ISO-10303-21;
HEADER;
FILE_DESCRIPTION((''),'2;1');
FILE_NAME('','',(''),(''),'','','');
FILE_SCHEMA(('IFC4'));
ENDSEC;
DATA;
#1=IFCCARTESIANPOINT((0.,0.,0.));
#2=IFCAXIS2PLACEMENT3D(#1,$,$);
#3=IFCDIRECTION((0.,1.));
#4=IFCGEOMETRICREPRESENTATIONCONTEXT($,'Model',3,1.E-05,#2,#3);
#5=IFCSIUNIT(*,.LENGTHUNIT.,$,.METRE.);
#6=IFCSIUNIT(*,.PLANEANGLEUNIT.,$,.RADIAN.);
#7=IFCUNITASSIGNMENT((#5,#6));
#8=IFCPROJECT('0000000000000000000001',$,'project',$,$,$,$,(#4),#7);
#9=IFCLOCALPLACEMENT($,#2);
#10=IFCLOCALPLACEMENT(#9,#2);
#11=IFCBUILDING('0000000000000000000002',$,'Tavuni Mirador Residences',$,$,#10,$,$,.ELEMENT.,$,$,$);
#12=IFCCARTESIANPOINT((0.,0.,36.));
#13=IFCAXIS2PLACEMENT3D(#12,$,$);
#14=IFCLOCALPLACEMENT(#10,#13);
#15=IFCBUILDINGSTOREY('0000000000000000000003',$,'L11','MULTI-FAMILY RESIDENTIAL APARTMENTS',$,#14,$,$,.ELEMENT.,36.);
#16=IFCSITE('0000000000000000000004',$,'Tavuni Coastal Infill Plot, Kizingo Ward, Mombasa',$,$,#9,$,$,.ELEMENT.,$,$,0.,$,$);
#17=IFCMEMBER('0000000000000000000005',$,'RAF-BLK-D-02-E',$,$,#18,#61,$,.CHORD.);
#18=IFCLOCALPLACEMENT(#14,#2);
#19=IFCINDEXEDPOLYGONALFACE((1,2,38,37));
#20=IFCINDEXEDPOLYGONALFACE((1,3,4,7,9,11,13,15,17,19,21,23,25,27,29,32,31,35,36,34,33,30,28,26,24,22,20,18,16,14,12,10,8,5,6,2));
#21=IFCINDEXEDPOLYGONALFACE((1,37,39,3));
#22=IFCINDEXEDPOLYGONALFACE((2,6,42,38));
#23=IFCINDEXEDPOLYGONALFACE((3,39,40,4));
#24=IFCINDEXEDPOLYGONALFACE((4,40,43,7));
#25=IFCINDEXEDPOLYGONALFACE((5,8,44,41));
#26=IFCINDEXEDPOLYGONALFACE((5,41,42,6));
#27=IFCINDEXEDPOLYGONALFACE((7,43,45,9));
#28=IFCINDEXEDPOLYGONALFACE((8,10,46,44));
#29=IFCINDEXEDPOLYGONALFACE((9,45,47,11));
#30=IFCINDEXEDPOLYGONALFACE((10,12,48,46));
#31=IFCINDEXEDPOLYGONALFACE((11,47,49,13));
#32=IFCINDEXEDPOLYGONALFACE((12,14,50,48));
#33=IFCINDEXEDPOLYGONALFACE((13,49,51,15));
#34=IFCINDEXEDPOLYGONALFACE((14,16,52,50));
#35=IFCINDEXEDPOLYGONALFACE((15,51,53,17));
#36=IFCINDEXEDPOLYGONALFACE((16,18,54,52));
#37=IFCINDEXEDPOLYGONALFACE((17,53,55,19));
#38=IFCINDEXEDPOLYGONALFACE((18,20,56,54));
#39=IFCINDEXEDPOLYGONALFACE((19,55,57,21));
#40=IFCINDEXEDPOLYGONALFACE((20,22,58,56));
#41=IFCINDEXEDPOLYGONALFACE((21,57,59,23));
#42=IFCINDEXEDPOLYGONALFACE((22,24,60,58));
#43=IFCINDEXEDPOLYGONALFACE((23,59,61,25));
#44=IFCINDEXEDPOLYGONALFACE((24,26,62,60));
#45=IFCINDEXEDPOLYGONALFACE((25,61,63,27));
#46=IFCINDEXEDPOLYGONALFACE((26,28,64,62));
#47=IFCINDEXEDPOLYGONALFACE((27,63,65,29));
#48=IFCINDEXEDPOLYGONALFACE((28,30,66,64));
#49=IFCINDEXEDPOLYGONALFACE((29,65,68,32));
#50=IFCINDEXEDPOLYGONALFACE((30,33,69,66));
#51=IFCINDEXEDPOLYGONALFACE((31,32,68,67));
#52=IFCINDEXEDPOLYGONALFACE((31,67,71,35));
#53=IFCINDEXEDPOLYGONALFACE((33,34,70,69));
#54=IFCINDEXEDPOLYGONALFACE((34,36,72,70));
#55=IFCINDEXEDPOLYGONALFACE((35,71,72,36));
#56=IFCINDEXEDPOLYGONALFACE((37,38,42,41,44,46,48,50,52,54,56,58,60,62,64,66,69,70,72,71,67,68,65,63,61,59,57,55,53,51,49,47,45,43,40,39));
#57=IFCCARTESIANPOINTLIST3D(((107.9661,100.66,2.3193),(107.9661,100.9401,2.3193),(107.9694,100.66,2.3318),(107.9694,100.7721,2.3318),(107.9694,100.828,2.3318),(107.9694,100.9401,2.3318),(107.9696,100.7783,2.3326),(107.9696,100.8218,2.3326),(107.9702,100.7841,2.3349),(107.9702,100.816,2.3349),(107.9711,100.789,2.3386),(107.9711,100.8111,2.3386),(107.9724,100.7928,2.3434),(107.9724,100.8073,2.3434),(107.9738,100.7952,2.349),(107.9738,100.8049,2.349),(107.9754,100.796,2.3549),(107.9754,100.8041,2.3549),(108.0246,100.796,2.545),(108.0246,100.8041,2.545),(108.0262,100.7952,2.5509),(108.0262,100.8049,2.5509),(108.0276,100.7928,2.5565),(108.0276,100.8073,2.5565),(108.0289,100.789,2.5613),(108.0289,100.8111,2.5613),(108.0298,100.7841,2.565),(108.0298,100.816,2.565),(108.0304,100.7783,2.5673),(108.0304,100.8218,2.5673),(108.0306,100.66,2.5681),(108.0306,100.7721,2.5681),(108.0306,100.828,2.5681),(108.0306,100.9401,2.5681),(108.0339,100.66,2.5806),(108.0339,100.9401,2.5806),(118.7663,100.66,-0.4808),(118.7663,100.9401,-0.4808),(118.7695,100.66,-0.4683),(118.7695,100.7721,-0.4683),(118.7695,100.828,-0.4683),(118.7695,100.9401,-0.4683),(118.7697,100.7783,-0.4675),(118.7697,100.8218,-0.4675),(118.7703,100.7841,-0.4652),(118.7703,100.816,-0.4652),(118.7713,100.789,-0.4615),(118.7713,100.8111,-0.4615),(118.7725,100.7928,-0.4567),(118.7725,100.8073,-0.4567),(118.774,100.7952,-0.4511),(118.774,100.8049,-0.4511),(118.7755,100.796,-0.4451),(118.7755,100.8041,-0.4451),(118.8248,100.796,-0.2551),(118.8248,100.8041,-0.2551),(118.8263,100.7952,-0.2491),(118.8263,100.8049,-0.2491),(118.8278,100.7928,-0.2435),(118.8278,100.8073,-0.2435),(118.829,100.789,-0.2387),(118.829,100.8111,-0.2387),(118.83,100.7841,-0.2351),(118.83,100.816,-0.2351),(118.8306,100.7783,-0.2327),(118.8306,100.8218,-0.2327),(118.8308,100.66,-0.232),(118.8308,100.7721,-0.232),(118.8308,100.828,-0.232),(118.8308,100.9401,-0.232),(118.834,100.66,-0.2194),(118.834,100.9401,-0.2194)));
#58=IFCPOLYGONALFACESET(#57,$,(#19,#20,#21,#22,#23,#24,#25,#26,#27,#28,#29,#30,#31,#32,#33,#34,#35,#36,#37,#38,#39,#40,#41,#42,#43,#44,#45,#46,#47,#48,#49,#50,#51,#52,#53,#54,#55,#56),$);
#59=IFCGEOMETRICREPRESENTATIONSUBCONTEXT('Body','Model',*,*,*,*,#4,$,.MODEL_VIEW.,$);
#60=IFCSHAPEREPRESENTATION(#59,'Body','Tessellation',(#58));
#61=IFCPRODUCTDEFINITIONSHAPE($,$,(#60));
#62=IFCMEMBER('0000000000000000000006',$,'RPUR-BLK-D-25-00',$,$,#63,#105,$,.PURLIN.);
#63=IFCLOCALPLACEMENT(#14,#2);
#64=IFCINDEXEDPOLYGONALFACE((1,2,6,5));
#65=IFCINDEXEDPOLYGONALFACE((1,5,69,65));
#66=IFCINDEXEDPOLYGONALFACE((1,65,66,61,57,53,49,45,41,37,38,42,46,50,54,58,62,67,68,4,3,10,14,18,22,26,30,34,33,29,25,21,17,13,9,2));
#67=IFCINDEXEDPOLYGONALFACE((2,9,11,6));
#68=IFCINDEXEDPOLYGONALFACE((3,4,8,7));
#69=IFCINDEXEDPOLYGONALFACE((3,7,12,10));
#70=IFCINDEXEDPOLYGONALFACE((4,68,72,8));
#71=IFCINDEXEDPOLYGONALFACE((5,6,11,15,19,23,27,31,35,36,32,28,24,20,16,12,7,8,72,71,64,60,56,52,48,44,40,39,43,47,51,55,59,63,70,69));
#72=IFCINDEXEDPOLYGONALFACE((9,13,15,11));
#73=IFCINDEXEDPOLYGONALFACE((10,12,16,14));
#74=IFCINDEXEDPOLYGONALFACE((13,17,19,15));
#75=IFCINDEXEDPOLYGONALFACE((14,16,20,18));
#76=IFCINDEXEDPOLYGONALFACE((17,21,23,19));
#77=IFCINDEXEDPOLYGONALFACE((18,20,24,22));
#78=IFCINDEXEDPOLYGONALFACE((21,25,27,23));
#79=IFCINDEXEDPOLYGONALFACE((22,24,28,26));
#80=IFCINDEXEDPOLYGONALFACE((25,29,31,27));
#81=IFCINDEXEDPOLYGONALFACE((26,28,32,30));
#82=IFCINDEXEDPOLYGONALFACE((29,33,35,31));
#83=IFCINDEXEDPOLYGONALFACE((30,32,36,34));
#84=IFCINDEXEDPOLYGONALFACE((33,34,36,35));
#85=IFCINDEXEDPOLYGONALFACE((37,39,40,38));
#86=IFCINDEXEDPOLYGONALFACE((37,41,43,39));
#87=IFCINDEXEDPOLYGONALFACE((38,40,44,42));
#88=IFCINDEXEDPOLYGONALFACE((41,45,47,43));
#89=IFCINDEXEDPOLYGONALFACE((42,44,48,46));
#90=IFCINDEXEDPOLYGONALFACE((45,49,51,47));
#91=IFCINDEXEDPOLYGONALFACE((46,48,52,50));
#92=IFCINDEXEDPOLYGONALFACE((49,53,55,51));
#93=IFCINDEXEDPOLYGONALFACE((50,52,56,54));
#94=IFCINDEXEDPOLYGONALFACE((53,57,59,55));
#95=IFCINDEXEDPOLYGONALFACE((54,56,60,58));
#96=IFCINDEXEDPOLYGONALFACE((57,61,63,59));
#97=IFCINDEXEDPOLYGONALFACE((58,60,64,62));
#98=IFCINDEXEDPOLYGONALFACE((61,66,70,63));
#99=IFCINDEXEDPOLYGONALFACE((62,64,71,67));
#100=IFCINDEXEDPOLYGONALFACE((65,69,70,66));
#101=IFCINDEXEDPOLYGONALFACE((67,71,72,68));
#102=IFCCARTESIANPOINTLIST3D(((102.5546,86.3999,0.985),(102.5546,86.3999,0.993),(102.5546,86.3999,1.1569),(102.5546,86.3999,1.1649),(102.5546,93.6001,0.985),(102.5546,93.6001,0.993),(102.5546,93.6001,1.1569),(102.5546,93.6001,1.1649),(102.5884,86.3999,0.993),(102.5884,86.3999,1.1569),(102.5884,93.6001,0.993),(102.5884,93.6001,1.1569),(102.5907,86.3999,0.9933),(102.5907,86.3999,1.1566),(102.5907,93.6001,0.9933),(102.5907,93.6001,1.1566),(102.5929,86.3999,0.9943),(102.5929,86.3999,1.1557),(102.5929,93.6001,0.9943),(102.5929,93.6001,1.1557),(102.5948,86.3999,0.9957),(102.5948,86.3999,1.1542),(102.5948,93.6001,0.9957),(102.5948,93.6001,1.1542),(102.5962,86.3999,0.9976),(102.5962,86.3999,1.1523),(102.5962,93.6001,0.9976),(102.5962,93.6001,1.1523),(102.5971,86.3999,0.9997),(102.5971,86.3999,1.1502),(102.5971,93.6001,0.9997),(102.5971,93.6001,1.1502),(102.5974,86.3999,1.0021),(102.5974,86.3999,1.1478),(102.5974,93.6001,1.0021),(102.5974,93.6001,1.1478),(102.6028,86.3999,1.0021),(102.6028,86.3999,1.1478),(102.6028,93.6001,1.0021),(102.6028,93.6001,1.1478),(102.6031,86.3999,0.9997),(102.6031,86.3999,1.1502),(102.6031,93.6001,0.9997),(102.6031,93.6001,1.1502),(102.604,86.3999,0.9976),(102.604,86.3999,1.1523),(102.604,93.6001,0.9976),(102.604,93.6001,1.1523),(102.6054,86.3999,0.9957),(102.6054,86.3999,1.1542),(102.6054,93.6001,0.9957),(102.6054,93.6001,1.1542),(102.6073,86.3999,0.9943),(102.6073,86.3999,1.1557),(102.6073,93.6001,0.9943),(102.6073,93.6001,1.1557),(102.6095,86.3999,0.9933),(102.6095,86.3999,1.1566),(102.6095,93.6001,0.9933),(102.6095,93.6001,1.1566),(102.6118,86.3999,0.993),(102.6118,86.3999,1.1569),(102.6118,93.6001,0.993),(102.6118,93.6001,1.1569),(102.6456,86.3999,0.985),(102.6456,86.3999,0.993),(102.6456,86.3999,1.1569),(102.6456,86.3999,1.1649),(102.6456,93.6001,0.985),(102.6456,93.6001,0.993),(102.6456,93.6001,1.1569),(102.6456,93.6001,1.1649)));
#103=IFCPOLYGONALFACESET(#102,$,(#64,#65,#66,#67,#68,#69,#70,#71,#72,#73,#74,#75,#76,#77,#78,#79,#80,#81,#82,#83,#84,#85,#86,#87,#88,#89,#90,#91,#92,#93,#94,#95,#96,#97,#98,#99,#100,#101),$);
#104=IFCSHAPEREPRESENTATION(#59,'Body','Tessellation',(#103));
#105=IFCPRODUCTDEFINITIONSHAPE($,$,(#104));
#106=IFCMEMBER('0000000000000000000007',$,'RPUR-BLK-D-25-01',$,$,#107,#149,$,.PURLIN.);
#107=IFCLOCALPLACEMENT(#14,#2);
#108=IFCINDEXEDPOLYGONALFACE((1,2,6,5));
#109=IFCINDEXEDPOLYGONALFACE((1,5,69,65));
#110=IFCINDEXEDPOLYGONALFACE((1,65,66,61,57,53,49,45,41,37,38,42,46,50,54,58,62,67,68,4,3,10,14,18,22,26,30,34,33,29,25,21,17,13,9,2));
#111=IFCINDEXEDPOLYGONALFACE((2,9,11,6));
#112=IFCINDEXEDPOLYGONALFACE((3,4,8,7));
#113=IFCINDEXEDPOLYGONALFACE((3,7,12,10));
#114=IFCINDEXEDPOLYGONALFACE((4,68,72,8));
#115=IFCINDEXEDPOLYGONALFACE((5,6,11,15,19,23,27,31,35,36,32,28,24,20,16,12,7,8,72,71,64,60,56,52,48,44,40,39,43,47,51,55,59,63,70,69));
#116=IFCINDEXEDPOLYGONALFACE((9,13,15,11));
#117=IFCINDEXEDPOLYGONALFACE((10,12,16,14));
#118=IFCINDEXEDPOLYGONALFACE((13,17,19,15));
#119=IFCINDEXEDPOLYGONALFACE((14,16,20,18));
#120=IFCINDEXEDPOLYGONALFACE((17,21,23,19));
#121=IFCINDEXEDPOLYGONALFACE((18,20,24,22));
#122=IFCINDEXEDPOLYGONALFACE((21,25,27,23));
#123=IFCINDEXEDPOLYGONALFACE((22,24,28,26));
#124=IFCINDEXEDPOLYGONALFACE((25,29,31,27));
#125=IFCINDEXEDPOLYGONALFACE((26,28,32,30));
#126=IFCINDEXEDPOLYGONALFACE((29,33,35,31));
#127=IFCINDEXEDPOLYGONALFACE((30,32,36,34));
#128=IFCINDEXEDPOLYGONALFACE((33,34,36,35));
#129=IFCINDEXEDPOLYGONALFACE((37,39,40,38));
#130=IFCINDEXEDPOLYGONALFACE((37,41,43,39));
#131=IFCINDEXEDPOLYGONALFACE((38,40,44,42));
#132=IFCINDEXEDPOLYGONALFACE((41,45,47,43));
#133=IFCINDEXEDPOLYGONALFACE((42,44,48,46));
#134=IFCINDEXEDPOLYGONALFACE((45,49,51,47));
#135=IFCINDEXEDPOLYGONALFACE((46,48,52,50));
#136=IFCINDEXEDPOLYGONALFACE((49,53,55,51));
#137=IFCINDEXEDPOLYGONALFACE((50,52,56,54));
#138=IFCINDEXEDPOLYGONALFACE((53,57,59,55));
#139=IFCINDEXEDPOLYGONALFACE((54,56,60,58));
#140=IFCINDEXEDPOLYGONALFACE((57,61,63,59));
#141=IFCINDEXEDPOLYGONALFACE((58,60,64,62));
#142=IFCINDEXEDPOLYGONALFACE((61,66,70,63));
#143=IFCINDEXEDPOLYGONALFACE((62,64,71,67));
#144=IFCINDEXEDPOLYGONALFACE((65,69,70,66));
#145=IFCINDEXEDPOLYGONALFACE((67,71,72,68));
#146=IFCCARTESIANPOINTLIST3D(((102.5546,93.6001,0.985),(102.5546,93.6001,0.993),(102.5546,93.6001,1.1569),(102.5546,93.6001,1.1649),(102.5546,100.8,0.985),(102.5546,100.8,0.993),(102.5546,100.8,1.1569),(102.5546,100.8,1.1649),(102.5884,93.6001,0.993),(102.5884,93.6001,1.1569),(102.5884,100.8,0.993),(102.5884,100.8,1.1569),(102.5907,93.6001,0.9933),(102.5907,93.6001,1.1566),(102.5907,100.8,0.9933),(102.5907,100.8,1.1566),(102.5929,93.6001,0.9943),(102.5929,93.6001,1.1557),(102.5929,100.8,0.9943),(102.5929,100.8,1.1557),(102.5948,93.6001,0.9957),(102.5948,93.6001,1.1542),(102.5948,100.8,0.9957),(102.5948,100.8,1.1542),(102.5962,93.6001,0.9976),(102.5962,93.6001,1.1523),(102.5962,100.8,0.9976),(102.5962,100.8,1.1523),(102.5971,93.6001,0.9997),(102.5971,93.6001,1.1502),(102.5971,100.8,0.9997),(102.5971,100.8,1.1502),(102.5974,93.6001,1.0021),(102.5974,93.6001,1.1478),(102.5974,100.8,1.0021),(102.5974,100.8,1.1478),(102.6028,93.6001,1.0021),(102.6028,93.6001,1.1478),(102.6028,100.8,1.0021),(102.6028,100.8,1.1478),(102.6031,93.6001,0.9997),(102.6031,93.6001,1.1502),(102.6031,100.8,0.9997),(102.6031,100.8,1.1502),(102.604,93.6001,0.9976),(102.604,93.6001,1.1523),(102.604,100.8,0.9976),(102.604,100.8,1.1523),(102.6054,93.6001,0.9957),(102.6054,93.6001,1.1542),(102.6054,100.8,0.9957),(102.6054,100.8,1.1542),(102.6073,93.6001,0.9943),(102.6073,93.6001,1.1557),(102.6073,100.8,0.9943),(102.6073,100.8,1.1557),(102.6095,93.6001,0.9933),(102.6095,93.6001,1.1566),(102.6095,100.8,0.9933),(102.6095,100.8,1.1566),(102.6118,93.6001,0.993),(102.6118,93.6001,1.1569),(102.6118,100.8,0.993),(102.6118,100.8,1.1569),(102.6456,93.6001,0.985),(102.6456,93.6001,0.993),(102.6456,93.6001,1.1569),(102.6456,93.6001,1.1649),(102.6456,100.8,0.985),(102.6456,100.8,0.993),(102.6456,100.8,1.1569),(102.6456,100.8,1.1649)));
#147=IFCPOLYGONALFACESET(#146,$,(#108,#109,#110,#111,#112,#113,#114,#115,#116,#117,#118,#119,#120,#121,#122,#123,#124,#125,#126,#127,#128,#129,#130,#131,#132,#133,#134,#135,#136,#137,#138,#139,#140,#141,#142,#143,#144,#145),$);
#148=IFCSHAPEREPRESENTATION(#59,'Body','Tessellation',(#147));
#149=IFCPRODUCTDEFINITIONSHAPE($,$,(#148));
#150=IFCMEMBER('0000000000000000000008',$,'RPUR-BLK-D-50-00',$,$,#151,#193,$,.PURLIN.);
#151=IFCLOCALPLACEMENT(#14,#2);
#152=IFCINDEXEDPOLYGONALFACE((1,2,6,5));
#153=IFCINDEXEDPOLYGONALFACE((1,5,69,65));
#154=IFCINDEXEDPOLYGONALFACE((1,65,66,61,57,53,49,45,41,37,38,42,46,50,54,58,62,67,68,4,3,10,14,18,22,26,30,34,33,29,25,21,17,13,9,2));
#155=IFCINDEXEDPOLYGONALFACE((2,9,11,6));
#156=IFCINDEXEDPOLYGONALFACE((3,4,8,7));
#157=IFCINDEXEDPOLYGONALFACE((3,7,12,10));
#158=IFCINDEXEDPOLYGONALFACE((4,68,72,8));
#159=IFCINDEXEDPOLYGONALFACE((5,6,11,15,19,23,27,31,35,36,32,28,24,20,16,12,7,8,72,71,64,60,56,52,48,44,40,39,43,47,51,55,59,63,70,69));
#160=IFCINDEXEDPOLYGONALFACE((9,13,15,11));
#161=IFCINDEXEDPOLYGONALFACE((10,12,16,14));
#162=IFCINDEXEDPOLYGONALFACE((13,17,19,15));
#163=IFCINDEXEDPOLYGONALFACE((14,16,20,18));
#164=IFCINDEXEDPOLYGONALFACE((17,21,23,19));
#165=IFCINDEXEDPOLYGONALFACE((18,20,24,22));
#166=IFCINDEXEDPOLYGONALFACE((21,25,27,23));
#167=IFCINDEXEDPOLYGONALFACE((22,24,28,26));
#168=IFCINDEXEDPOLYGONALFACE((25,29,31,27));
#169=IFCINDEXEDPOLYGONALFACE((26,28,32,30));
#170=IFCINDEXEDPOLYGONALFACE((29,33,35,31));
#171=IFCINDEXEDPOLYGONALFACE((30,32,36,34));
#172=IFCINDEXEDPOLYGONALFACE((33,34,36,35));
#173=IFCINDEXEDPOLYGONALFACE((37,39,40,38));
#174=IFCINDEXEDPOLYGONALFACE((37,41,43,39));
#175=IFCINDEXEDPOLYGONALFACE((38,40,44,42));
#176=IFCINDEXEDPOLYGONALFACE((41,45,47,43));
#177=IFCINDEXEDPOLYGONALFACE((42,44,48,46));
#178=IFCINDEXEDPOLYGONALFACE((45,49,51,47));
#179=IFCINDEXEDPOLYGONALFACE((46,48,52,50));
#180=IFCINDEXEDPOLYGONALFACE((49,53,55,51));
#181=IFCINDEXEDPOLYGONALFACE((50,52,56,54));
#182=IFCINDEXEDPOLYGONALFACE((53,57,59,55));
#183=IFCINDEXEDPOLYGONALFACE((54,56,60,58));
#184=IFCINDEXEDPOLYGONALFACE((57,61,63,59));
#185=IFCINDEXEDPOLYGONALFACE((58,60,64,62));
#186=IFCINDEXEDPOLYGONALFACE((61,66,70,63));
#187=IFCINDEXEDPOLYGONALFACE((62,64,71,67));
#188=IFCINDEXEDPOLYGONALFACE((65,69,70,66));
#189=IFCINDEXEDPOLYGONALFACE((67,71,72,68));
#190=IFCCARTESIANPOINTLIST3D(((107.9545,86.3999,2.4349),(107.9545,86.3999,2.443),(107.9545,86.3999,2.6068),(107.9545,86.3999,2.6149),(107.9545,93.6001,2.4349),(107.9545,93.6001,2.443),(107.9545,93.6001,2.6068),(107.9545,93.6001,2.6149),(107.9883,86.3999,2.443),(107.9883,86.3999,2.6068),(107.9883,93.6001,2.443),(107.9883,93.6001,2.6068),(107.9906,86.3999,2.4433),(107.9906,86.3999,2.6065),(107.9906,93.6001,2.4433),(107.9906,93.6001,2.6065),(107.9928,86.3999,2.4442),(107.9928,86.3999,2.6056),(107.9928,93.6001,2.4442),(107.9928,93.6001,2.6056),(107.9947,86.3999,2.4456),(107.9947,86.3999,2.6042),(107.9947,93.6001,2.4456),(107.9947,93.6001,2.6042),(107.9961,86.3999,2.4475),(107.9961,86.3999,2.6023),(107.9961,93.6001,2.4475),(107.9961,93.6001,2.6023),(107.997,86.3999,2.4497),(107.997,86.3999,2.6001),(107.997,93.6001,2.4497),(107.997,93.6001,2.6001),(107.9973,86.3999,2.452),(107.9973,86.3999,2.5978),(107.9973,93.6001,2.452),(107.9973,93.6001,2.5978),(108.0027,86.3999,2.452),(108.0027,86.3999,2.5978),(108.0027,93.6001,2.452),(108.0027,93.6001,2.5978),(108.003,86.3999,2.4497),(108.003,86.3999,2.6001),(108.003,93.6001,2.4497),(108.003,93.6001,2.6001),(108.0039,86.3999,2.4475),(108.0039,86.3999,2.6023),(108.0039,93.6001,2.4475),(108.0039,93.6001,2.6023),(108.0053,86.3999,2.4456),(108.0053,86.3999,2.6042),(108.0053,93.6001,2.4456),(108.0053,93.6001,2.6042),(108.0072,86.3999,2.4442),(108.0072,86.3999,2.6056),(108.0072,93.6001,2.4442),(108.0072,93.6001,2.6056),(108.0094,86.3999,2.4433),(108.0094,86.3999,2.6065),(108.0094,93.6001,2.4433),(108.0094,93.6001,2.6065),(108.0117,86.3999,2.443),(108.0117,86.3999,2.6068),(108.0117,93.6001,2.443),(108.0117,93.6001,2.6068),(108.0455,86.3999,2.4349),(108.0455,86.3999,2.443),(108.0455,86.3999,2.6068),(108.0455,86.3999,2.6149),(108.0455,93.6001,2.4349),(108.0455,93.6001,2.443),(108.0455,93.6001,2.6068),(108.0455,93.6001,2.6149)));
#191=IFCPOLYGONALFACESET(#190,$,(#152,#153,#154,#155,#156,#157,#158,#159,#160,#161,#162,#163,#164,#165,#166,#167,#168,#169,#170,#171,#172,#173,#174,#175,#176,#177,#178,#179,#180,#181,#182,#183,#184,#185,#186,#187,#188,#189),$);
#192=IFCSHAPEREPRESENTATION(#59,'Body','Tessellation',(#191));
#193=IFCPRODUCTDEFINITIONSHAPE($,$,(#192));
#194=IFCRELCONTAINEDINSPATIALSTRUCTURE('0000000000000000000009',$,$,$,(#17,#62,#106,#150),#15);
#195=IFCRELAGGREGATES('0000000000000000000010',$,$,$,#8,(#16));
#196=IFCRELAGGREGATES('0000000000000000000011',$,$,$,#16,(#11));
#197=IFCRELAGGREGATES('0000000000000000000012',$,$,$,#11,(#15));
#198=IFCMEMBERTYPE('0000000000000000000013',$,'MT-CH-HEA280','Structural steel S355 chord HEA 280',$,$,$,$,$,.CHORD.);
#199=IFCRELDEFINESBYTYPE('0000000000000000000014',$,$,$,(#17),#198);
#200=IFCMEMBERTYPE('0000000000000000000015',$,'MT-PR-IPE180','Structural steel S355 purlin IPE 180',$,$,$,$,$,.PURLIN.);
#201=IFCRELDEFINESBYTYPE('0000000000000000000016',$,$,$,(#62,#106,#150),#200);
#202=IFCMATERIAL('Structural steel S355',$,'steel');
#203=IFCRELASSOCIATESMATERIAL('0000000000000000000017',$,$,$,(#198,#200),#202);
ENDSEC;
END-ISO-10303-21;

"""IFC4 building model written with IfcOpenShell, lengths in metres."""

from ifc_helpers import new_model, si_unit, direction, frame, origin, origin_2d, place, context, subcontext, project, spatial, i_section, extrude, material, material_profile, profile_set, type_object, element, save


model = new_model("IFC4")

# Units and contexts
model_context = context("Model", 3, precision=1e-05, world=origin(), true_north=direction((0.0, 1.0)))
body_context = subcontext(model_context, "Body", "Model", "MODEL_VIEW")
ifc_project = project(units=[si_unit("LENGTHUNIT", "METRE"), si_unit("PLANEANGLEUNIT", "RADIAN")], contexts=[model_context])

# Site, building, storey
site_placement = place(None, origin())
site = spatial("IfcSite", under=ifc_project, at=site_placement, Name="Tavuni Coastal Infill Plot, Kizingo Ward, Mombasa", CompositionType="ELEMENT", RefElevation=0.0)
building_placement = place(site_placement, origin())
building = spatial("IfcBuilding", under=site, at=building_placement, Name="Tavuni Mirador Residences", CompositionType="ELEMENT")
storey_placement = place(building_placement, frame((0.0, 0.0, 36.0)))
storey = spatial("IfcBuildingStorey", under=building, at=storey_placement, Name="L11", Description="MULTI-FAMILY RESIDENTIAL APARTMENTS", CompositionType="ELEMENT", Elevation=36.0)

# Members
ifc_material_1 = material(Name="Structural steel S355", Category="steel")
ifc_material_profile_1 = material_profile(ifc_material_1, i_section(OverallWidth=0.28, OverallDepth=0.27, WebThickness=0.0081, FlangeThickness=0.0129, FilletRadius=0.0239, at=origin_2d()), Name="HEA 280", Category="steel")
ifc_profile_set_1 = profile_set([ifc_material_profile_1], Name="Structural steel S355")
member_type_1 = type_object("IfcMemberType", Name="MT-CH-HEA280", Description="Structural steel S355 chord HEA 280", PredefinedType="CHORD", material=ifc_profile_set_1)
for number, where, z_axis, x_axis, name in (
    (1, (108.0, 100.8, 2.45), (0.967996, 0.0, -0.250965), (0.0, 1.0, 0.0), "RAF-BLK-D-02-E"),
):
    element("IfcMember", number, at=place(storey_placement, frame(where, z_axis=z_axis, x_axis=x_axis)), inside=storey, type_object=member_type_1, Name=name, PredefinedType="CHORD", context=body_context, shape_type="SweptSolid", body=[
        extrude(i_section(OverallWidth=0.28, OverallDepth=0.27, WebThickness=0.0081, FlangeThickness=0.0129, FilletRadius=0.0239, at=origin_2d()), origin(), (0.0, 0.0, 1.0), 11.1572),
    ])
ifc_material_profile_2 = material_profile(ifc_material_1, i_section(OverallWidth=0.0911, OverallDepth=0.1799, WebThickness=0.0054, FlangeThickness=0.0081, FilletRadius=0.009, at=origin_2d()), Name="IPE 180", Category="steel")
ifc_profile_set_2 = profile_set([ifc_material_profile_2], Name="Structural steel S355")
member_type_2 = type_object("IfcMemberType", Name="MT-PR-IPE180", Description="Structural steel S355 purlin IPE 180", PredefinedType="PURLIN", material=ifc_profile_set_2)
member_1_placement = place(storey_placement, frame((102.6001, 86.3999, 1.075), z_axis=(0.0, 1.0, 0.0), x_axis=(-1.0, 0.0, 0.0)))
element("IfcMember", 2, at=member_1_placement, inside=storey, type_object=member_type_2, Name="RPUR-BLK-D-25-00", PredefinedType="PURLIN", context=body_context, shape_type="SweptSolid", body=[
    extrude(i_section(OverallWidth=0.0911, OverallDepth=0.1799, WebThickness=0.0054, FlangeThickness=0.0081, FilletRadius=0.009, at=origin_2d()), origin(), (0.0, 0.0, 1.0), 7.2002),
])
member_2_placement = place(storey_placement, frame((102.6001, 93.6001, 1.075), z_axis=(0.0, 1.0, 0.0), x_axis=(-1.0, 0.0, 0.0)))
element("IfcMember", 3, at=member_2_placement, inside=storey, type_object=member_type_2, Name="RPUR-BLK-D-25-01", PredefinedType="PURLIN", context=body_context, shape_type="SweptSolid", body=[
    extrude(i_section(OverallWidth=0.0911, OverallDepth=0.1799, WebThickness=0.0054, FlangeThickness=0.0081, FilletRadius=0.009, at=origin_2d()), origin(), (0.0, 0.0, 1.0), 7.2),
])
member_3_placement = place(storey_placement, frame((108.0, 86.3999, 2.5249), z_axis=(0.0, 1.0, 0.0), x_axis=(-1.0, 0.0, 0.0)))
element("IfcMember", 4, at=member_3_placement, inside=storey, type_object=member_type_2, Name="RPUR-BLK-D-50-00", PredefinedType="PURLIN", context=body_context, shape_type="SweptSolid", body=[
    extrude(i_section(OverallWidth=0.0911, OverallDepth=0.1799, WebThickness=0.0054, FlangeThickness=0.0081, FilletRadius=0.009, at=origin_2d()), origin(), (0.0, 0.0, 1.0), 7.2002),
])

save(model, "model.ifc")
